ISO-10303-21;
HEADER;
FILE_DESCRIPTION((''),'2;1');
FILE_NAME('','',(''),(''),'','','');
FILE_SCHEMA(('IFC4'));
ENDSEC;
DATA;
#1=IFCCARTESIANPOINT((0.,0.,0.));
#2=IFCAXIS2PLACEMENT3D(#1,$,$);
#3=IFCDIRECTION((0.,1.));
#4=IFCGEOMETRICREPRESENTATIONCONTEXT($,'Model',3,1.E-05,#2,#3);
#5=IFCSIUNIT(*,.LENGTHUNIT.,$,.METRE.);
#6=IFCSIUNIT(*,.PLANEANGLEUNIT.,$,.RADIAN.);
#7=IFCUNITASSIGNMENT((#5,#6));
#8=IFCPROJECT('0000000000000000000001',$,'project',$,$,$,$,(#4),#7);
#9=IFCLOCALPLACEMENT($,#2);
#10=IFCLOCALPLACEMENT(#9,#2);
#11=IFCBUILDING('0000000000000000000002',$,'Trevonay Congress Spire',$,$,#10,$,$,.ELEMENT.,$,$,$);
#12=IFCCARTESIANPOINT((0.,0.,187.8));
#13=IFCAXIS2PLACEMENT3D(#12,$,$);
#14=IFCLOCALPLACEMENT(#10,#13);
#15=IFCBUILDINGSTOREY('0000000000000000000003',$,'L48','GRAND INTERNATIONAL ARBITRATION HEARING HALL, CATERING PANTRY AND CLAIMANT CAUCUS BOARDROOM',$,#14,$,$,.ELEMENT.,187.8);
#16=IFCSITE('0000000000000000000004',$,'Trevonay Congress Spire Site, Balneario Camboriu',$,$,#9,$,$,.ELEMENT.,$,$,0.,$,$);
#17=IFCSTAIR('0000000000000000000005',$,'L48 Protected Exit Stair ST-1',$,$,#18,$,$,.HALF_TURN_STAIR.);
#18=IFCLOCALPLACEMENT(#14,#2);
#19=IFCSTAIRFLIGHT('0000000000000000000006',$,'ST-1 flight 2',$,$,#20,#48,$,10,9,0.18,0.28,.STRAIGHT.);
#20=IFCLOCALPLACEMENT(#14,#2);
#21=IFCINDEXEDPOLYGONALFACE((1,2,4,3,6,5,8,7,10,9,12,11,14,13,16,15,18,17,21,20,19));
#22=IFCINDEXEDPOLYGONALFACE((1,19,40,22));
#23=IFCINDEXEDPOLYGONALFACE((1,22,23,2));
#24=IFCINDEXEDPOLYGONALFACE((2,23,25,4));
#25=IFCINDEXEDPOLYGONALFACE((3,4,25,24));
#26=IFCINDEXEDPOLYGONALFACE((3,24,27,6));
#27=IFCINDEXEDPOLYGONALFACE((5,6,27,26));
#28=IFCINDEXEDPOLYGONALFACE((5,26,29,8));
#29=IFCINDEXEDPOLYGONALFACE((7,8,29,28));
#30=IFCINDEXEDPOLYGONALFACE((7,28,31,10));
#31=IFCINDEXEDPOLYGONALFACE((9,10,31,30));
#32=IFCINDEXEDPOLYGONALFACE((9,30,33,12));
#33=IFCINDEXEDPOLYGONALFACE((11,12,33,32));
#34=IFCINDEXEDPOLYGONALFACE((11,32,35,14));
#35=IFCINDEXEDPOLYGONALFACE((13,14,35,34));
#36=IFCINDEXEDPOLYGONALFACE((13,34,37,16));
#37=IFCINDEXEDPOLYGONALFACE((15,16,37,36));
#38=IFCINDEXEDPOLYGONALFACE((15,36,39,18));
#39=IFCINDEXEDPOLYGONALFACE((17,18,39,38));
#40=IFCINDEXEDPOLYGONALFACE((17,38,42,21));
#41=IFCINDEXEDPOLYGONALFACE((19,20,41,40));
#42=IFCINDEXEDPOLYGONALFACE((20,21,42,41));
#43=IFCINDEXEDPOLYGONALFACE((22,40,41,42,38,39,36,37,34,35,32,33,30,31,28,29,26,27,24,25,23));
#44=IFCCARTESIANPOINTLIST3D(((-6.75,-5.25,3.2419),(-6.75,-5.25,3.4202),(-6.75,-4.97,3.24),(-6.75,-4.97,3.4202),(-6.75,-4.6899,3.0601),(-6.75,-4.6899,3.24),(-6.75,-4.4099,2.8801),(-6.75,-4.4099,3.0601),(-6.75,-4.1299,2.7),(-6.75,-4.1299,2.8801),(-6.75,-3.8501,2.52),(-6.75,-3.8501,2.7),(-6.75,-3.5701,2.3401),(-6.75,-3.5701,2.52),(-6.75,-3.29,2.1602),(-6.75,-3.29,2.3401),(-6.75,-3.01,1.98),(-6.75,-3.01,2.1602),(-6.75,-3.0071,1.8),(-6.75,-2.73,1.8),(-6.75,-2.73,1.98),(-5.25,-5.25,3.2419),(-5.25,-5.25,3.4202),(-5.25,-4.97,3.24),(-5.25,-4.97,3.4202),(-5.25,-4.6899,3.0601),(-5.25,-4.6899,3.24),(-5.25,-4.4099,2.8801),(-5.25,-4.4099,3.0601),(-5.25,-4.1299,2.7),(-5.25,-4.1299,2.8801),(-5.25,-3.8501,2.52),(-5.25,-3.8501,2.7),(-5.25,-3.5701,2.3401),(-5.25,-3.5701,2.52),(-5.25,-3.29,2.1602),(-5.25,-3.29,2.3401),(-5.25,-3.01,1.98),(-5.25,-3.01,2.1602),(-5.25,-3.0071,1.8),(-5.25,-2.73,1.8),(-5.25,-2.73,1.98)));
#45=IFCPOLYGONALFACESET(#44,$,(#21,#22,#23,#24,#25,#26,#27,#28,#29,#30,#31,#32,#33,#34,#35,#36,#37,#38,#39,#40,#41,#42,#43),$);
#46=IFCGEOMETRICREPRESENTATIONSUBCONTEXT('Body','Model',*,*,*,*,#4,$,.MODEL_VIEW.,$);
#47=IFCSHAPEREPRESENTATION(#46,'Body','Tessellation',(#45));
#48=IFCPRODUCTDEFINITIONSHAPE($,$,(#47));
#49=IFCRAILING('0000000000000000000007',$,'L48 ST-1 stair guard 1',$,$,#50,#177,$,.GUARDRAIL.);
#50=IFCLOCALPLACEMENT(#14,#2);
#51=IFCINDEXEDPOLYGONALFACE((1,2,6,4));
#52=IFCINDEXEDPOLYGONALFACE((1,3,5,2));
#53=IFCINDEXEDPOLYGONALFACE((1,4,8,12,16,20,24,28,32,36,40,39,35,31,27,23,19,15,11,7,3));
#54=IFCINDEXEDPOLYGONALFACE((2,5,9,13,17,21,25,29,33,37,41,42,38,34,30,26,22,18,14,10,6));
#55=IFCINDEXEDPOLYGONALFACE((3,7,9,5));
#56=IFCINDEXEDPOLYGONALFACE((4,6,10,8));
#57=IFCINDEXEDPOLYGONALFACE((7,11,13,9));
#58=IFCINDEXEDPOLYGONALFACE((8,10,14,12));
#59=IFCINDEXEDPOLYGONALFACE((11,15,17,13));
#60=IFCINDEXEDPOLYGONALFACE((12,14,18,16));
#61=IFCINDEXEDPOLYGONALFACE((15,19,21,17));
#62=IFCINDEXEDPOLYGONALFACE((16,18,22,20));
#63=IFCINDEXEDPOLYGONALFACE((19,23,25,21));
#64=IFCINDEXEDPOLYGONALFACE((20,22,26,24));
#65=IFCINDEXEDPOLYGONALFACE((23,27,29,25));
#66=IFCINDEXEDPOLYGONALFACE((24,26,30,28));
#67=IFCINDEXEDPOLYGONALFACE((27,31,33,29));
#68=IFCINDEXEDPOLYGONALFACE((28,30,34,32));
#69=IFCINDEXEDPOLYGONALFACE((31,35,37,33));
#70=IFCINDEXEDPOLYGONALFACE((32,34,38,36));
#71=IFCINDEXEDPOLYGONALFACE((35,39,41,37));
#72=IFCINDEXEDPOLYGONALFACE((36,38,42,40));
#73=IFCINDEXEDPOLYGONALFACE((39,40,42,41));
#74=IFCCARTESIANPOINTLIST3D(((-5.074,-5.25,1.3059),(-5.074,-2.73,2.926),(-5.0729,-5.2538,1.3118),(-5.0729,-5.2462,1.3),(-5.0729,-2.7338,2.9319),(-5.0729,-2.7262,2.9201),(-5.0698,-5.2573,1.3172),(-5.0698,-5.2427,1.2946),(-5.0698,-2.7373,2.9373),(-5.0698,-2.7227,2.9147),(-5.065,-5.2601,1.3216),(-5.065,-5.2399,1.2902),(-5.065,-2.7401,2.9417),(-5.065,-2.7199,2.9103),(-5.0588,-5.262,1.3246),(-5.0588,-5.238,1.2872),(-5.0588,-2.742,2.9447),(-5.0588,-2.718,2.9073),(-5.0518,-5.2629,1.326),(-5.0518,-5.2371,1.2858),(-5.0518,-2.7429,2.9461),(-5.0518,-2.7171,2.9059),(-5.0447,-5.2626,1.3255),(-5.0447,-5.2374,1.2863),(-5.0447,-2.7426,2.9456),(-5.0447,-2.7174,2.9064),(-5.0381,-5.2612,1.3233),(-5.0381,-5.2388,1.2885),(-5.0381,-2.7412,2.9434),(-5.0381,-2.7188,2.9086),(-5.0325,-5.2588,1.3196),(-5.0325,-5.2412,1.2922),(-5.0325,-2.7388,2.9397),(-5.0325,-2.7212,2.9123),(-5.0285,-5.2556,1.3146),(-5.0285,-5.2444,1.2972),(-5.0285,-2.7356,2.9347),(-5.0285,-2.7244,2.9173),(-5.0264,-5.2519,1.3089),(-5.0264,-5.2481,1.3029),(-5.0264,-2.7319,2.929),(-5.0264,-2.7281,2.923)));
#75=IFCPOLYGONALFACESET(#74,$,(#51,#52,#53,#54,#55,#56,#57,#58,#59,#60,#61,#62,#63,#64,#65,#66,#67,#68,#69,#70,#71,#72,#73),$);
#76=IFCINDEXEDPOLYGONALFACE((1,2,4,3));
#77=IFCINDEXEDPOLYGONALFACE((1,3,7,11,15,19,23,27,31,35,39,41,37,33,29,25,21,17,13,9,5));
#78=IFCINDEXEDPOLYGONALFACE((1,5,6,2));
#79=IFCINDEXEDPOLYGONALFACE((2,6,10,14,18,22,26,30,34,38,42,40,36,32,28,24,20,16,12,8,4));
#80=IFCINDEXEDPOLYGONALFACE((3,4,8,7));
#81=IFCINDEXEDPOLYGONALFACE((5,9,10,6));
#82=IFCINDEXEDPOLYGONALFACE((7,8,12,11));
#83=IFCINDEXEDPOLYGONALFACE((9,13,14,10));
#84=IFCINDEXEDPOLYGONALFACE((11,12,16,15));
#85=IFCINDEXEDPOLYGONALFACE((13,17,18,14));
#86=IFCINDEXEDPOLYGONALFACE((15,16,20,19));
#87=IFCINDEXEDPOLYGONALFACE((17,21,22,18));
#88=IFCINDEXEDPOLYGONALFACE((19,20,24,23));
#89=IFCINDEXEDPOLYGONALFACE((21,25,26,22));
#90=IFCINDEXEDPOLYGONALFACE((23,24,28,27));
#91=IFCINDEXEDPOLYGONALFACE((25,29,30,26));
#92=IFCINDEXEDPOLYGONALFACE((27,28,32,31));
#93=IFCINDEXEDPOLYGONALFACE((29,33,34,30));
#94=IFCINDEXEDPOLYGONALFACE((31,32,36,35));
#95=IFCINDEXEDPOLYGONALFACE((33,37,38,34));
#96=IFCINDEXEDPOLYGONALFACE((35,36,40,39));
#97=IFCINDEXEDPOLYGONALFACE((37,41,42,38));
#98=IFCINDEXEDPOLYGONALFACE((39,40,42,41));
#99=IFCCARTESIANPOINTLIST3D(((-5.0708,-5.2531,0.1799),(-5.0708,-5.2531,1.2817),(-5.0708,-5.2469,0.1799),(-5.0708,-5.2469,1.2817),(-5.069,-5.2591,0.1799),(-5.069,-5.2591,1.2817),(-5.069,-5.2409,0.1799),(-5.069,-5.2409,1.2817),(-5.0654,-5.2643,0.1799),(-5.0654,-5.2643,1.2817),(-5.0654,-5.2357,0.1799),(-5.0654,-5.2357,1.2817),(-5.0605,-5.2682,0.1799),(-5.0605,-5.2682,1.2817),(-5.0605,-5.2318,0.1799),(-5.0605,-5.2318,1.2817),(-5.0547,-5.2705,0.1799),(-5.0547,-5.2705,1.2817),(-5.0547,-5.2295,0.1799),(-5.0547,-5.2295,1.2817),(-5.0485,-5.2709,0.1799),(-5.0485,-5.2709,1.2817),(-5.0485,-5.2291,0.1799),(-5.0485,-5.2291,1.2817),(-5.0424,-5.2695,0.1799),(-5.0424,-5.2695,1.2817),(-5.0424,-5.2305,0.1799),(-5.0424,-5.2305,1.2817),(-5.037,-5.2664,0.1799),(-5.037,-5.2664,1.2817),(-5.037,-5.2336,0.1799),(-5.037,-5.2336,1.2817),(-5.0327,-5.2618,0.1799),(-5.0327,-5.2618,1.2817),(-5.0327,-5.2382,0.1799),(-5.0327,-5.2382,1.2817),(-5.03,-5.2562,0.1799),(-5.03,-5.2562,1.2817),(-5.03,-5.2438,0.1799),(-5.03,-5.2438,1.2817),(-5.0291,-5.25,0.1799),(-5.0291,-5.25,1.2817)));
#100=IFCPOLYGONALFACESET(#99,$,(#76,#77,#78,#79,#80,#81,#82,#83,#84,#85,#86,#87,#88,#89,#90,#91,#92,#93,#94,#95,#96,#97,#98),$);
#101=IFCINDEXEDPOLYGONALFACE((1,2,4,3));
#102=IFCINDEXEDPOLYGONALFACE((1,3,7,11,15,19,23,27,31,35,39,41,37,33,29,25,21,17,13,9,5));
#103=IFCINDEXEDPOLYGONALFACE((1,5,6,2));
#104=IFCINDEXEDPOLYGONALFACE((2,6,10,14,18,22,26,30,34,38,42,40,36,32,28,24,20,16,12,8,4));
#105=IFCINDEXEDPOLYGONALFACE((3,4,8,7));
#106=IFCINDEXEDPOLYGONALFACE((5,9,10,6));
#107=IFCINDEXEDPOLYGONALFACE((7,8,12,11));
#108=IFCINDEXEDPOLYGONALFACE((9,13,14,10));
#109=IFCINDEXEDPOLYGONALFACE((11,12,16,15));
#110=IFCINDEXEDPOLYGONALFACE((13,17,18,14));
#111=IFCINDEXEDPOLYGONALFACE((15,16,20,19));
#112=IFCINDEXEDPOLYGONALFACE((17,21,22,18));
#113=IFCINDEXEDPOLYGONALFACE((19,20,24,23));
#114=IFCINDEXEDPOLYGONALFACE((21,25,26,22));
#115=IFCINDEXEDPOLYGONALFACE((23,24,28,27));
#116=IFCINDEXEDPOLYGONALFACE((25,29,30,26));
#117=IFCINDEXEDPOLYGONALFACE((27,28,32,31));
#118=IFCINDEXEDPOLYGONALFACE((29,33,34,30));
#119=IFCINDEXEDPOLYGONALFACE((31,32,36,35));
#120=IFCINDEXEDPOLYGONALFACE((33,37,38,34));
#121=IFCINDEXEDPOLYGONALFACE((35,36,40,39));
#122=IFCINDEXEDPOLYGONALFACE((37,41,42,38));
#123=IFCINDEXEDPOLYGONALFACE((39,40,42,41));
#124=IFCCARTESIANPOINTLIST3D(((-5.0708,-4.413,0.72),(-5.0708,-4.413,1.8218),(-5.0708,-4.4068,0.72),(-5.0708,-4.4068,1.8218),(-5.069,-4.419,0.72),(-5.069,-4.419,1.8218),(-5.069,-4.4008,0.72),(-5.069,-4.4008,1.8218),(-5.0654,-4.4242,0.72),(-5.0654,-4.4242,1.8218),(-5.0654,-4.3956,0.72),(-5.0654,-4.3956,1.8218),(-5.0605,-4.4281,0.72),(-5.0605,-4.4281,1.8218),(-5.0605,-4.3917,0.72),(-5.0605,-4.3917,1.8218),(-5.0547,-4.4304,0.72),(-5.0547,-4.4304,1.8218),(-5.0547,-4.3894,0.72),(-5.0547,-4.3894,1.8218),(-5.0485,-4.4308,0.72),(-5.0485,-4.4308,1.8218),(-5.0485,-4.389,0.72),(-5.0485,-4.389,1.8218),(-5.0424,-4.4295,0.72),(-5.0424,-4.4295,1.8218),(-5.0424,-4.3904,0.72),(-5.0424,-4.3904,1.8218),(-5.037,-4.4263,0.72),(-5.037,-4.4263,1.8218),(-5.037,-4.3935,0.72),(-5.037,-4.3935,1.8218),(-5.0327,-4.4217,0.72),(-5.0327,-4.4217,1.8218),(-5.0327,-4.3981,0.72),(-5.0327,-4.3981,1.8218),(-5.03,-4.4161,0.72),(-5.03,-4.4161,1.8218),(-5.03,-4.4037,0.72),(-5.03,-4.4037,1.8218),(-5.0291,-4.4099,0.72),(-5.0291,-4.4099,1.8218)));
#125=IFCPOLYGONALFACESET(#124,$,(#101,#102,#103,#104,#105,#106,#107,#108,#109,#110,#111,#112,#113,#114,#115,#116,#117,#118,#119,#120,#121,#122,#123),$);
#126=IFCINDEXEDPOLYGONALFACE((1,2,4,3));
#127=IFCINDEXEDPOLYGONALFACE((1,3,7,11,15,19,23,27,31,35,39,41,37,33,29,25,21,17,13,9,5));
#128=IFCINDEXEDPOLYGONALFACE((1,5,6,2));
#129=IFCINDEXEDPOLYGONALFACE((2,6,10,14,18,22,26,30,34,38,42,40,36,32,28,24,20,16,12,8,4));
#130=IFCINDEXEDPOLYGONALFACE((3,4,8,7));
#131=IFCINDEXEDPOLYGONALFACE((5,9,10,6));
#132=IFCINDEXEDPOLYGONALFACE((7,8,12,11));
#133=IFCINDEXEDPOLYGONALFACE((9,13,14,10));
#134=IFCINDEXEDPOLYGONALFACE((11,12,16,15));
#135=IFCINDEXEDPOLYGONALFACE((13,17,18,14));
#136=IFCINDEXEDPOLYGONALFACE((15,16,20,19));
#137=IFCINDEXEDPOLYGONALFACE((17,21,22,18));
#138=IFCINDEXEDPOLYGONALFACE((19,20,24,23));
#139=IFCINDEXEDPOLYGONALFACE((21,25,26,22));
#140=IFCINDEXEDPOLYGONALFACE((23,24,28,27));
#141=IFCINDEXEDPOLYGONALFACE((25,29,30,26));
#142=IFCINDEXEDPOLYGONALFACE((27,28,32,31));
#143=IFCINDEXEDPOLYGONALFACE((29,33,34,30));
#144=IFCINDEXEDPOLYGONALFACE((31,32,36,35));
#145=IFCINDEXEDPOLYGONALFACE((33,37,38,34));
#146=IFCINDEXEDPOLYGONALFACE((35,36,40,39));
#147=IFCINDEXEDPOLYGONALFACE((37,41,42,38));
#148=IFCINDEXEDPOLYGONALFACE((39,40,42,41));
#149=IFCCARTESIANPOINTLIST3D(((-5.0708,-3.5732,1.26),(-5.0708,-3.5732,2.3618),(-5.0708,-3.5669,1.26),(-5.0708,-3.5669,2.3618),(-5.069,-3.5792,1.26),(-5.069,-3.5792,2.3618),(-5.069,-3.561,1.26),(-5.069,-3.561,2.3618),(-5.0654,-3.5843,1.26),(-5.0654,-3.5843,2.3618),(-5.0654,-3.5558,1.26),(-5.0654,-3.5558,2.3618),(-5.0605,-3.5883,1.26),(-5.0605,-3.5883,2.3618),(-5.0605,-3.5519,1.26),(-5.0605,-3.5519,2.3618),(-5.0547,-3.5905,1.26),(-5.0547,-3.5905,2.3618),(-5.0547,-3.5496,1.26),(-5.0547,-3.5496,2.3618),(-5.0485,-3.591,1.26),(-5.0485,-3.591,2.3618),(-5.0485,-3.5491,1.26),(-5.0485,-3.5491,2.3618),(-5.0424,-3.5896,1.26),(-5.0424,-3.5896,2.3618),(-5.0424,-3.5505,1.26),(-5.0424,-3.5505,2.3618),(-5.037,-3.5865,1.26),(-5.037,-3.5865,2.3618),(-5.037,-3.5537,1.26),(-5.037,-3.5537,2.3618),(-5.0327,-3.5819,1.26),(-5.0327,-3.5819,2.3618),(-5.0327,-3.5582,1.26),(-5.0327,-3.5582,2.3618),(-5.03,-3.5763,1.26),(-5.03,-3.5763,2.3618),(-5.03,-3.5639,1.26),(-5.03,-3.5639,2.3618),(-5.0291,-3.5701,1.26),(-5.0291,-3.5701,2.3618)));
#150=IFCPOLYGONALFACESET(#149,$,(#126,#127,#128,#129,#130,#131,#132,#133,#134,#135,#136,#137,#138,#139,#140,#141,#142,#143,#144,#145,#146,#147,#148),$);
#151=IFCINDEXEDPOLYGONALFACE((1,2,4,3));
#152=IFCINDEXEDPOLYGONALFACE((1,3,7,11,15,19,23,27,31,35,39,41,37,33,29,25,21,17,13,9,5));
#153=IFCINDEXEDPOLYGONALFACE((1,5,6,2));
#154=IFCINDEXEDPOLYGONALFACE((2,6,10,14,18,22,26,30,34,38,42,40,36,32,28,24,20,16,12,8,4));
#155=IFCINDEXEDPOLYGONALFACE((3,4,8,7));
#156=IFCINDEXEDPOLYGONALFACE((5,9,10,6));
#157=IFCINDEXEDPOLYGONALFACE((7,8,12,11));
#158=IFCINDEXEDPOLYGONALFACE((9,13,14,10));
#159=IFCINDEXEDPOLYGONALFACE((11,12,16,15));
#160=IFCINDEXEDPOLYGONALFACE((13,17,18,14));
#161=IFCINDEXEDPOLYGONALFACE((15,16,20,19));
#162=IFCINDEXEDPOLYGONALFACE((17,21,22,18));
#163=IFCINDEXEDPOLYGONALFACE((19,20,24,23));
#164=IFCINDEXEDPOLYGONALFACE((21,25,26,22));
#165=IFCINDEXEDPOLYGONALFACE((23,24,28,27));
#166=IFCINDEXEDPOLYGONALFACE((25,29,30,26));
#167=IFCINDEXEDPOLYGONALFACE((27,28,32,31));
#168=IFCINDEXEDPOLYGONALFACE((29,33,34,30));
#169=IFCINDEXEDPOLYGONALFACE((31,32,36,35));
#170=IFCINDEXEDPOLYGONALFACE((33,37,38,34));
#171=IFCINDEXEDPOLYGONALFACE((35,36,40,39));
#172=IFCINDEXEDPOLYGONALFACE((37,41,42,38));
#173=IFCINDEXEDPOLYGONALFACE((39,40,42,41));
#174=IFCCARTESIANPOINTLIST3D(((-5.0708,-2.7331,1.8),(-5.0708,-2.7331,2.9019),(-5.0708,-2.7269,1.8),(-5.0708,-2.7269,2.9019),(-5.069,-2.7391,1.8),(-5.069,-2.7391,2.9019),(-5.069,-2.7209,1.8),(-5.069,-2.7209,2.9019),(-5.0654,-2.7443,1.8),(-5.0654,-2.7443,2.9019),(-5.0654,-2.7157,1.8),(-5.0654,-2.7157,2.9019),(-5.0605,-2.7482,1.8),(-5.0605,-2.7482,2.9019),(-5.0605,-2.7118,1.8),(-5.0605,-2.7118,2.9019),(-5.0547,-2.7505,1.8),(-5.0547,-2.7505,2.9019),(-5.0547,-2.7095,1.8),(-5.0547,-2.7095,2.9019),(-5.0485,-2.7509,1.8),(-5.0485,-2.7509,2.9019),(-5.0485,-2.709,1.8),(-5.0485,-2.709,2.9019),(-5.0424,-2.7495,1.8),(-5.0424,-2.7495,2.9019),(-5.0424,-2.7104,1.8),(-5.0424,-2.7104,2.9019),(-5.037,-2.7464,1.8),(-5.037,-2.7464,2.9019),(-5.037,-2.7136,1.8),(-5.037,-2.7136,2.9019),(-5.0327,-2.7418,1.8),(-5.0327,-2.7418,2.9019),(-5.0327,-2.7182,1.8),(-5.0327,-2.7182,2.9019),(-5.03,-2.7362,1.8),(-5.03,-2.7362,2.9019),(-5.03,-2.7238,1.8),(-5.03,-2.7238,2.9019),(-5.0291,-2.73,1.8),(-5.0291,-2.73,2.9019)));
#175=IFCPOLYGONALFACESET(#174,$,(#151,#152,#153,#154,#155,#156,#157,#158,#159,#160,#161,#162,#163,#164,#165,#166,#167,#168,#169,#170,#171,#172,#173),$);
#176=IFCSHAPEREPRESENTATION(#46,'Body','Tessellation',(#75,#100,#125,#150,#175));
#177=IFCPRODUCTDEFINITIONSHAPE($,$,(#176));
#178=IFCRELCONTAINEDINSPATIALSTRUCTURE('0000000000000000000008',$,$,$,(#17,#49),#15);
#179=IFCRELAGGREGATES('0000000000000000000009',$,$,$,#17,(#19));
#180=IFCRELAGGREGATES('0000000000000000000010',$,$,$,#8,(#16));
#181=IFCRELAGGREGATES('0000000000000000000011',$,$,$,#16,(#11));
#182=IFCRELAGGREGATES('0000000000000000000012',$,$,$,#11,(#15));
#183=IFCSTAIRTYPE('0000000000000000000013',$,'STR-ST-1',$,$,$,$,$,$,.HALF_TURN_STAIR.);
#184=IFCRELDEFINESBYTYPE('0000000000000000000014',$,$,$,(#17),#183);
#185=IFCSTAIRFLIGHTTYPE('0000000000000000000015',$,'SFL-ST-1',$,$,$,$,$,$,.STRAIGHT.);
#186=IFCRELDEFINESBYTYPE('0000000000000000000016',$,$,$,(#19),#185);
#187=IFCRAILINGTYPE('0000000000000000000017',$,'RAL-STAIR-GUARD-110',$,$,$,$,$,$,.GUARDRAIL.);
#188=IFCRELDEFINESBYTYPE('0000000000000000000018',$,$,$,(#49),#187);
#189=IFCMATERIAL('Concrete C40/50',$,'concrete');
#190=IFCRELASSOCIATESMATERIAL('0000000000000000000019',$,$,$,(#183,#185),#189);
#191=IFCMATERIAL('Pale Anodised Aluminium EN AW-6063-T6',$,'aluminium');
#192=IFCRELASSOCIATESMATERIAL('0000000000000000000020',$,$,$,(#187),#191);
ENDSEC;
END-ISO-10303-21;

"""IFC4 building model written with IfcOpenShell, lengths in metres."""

from ifc_helpers import new_model, si_unit, direction, frame, origin, origin_2d, place, context, subcontext, project, spatial, polyline, circle, outline, extrude, material, type_object, element, aggregate, save


model = new_model("IFC4")

# Units and contexts
model_context = context("Model", 3, precision=1e-05, world=origin(), true_north=direction((0.0, 1.0)))
body_context = subcontext(model_context, "Body", "Model", "MODEL_VIEW")
ifc_project = project(units=[si_unit("LENGTHUNIT", "METRE"), si_unit("PLANEANGLEUNIT", "RADIAN")], contexts=[model_context])

# Site, building, storey
site_placement = place(None, origin())
site = spatial("IfcSite", under=ifc_project, at=site_placement, Name="Trevonay Congress Spire Site, Balneario Camboriu", CompositionType="ELEMENT", RefElevation=0.0)
building_placement = place(site_placement, origin())
building = spatial("IfcBuilding", under=site, at=building_placement, Name="Trevonay Congress Spire", CompositionType="ELEMENT")
storey_placement = place(building_placement, frame((0.0, 0.0, 187.8)))
storey = spatial("IfcBuildingStorey", under=building, at=storey_placement, Name="L48", Description="GRAND INTERNATIONAL ARBITRATION HEARING HALL, CATERING PANTRY AND CLAIMANT CAUCUS BOARDROOM", CompositionType="ELEMENT", Elevation=187.8)

# Shared definitions
ifc_material_1 = material(Name="Concrete C40/50", Category="concrete")

# Stair, stair flight
stair_type = type_object("IfcStairType", Name="STR-ST-1", PredefinedType="HALF_TURN_STAIR", material=ifc_material_1)
stair_placement = place(storey_placement, origin())
stair = element("IfcStair", 1, at=stair_placement, inside=storey, type_object=stair_type, Name="L48 Protected Exit Stair ST-1", PredefinedType="HALF_TURN_STAIR")
stair_flight_type = type_object("IfcStairFlightType", Name="SFL-ST-1", PredefinedType="STRAIGHT", material=ifc_material_1)
stair_flight_1_placement = place(storey_placement, frame((-6.0, -2.73, 1.8), z_axis=(0.0, 0.0, 1.0), x_axis=(0.0, -1.0, 0.0)))
stair_flight_1 = element("IfcStairFlight", 2, at=stair_flight_1_placement, type_object=stair_flight_type, Name="ST-1 flight 2", NumberOfRisers=10, NumberOfTreads=9, PredefinedType="STRAIGHT", RiserHeight=0.18, TreadLength=0.28, context=body_context, shape_type="SweptSolid", body=[
    extrude(outline(polyline([(0.0, 0.0), (0.0, 0.1799), (0.28, 0.1799), (0.28, 0.3601), (0.5601, 0.3601), (0.5601, 0.54), (0.8401, 0.54), (0.8401, 0.72), (1.1201, 0.72), (1.1201, 0.8999), (1.3999, 0.8999), (1.3999, 1.0801), (1.6799, 1.0801), (1.6799, 1.26), (1.96, 1.26), (1.96, 1.4399), (2.24, 1.4399), (2.24, 1.6201), (2.52, 1.6201), (2.52, 1.8), (2.52, 1.4419), (0.2771, 0.0), (0.0, 0.0)])), frame((0.0, 0.75, 0.0), z_axis=(0.0, -1.0, 0.0), x_axis=(1.0, 0.0, 0.0)), (0.0, 0.0, 1.0), 1.5),
])
aggregate(stair, [stair_flight_1])

# Railing
ifc_material_2 = material(Name="Pale Anodised Aluminium EN AW-6063-T6", Category="aluminium")
railing_type_1 = type_object("IfcRailingType", Name="RAL-STAIR-GUARD-110", PredefinedType="GUARDRAIL", material=ifc_material_2)
railing_1_placement = place(storey_placement, frame((-5.05, -5.25, 0.1799)))
element("IfcRailing", 3, at=railing_1_placement, inside=storey, type_object=railing_type_1, Name="L48 ST-1 stair guard 1", PredefinedType="GUARDRAIL", context=body_context, shape_type="SweptSolid", body=[
    extrude(circle(Radius=0.0239, at=origin_2d()), frame((0.0, 0.0, 1.126), z_axis=(0.0, 0.841163, 0.540782), x_axis=(-1.0, 0.0, 0.0)), (0.0, 0.0, 1.0), 2.9958),
    extrude(circle(Radius=0.021, at=origin_2d()), origin(), (0.0, 0.0, 1.0), 1.1018),
    extrude(circle(Radius=0.021, at=origin_2d()), frame((0.0, 0.8401, 0.54)), (0.0, 0.0, 1.0), 1.1018),
    extrude(circle(Radius=0.021, at=origin_2d()), frame((0.0, 1.6799, 1.0801)), (0.0, 0.0, 1.0), 1.1018),
    extrude(circle(Radius=0.021, at=origin_2d()), frame((0.0, 2.52, 1.6201)), (0.0, 0.0, 1.0), 1.1018),
])

save(model, "model.ifc")
